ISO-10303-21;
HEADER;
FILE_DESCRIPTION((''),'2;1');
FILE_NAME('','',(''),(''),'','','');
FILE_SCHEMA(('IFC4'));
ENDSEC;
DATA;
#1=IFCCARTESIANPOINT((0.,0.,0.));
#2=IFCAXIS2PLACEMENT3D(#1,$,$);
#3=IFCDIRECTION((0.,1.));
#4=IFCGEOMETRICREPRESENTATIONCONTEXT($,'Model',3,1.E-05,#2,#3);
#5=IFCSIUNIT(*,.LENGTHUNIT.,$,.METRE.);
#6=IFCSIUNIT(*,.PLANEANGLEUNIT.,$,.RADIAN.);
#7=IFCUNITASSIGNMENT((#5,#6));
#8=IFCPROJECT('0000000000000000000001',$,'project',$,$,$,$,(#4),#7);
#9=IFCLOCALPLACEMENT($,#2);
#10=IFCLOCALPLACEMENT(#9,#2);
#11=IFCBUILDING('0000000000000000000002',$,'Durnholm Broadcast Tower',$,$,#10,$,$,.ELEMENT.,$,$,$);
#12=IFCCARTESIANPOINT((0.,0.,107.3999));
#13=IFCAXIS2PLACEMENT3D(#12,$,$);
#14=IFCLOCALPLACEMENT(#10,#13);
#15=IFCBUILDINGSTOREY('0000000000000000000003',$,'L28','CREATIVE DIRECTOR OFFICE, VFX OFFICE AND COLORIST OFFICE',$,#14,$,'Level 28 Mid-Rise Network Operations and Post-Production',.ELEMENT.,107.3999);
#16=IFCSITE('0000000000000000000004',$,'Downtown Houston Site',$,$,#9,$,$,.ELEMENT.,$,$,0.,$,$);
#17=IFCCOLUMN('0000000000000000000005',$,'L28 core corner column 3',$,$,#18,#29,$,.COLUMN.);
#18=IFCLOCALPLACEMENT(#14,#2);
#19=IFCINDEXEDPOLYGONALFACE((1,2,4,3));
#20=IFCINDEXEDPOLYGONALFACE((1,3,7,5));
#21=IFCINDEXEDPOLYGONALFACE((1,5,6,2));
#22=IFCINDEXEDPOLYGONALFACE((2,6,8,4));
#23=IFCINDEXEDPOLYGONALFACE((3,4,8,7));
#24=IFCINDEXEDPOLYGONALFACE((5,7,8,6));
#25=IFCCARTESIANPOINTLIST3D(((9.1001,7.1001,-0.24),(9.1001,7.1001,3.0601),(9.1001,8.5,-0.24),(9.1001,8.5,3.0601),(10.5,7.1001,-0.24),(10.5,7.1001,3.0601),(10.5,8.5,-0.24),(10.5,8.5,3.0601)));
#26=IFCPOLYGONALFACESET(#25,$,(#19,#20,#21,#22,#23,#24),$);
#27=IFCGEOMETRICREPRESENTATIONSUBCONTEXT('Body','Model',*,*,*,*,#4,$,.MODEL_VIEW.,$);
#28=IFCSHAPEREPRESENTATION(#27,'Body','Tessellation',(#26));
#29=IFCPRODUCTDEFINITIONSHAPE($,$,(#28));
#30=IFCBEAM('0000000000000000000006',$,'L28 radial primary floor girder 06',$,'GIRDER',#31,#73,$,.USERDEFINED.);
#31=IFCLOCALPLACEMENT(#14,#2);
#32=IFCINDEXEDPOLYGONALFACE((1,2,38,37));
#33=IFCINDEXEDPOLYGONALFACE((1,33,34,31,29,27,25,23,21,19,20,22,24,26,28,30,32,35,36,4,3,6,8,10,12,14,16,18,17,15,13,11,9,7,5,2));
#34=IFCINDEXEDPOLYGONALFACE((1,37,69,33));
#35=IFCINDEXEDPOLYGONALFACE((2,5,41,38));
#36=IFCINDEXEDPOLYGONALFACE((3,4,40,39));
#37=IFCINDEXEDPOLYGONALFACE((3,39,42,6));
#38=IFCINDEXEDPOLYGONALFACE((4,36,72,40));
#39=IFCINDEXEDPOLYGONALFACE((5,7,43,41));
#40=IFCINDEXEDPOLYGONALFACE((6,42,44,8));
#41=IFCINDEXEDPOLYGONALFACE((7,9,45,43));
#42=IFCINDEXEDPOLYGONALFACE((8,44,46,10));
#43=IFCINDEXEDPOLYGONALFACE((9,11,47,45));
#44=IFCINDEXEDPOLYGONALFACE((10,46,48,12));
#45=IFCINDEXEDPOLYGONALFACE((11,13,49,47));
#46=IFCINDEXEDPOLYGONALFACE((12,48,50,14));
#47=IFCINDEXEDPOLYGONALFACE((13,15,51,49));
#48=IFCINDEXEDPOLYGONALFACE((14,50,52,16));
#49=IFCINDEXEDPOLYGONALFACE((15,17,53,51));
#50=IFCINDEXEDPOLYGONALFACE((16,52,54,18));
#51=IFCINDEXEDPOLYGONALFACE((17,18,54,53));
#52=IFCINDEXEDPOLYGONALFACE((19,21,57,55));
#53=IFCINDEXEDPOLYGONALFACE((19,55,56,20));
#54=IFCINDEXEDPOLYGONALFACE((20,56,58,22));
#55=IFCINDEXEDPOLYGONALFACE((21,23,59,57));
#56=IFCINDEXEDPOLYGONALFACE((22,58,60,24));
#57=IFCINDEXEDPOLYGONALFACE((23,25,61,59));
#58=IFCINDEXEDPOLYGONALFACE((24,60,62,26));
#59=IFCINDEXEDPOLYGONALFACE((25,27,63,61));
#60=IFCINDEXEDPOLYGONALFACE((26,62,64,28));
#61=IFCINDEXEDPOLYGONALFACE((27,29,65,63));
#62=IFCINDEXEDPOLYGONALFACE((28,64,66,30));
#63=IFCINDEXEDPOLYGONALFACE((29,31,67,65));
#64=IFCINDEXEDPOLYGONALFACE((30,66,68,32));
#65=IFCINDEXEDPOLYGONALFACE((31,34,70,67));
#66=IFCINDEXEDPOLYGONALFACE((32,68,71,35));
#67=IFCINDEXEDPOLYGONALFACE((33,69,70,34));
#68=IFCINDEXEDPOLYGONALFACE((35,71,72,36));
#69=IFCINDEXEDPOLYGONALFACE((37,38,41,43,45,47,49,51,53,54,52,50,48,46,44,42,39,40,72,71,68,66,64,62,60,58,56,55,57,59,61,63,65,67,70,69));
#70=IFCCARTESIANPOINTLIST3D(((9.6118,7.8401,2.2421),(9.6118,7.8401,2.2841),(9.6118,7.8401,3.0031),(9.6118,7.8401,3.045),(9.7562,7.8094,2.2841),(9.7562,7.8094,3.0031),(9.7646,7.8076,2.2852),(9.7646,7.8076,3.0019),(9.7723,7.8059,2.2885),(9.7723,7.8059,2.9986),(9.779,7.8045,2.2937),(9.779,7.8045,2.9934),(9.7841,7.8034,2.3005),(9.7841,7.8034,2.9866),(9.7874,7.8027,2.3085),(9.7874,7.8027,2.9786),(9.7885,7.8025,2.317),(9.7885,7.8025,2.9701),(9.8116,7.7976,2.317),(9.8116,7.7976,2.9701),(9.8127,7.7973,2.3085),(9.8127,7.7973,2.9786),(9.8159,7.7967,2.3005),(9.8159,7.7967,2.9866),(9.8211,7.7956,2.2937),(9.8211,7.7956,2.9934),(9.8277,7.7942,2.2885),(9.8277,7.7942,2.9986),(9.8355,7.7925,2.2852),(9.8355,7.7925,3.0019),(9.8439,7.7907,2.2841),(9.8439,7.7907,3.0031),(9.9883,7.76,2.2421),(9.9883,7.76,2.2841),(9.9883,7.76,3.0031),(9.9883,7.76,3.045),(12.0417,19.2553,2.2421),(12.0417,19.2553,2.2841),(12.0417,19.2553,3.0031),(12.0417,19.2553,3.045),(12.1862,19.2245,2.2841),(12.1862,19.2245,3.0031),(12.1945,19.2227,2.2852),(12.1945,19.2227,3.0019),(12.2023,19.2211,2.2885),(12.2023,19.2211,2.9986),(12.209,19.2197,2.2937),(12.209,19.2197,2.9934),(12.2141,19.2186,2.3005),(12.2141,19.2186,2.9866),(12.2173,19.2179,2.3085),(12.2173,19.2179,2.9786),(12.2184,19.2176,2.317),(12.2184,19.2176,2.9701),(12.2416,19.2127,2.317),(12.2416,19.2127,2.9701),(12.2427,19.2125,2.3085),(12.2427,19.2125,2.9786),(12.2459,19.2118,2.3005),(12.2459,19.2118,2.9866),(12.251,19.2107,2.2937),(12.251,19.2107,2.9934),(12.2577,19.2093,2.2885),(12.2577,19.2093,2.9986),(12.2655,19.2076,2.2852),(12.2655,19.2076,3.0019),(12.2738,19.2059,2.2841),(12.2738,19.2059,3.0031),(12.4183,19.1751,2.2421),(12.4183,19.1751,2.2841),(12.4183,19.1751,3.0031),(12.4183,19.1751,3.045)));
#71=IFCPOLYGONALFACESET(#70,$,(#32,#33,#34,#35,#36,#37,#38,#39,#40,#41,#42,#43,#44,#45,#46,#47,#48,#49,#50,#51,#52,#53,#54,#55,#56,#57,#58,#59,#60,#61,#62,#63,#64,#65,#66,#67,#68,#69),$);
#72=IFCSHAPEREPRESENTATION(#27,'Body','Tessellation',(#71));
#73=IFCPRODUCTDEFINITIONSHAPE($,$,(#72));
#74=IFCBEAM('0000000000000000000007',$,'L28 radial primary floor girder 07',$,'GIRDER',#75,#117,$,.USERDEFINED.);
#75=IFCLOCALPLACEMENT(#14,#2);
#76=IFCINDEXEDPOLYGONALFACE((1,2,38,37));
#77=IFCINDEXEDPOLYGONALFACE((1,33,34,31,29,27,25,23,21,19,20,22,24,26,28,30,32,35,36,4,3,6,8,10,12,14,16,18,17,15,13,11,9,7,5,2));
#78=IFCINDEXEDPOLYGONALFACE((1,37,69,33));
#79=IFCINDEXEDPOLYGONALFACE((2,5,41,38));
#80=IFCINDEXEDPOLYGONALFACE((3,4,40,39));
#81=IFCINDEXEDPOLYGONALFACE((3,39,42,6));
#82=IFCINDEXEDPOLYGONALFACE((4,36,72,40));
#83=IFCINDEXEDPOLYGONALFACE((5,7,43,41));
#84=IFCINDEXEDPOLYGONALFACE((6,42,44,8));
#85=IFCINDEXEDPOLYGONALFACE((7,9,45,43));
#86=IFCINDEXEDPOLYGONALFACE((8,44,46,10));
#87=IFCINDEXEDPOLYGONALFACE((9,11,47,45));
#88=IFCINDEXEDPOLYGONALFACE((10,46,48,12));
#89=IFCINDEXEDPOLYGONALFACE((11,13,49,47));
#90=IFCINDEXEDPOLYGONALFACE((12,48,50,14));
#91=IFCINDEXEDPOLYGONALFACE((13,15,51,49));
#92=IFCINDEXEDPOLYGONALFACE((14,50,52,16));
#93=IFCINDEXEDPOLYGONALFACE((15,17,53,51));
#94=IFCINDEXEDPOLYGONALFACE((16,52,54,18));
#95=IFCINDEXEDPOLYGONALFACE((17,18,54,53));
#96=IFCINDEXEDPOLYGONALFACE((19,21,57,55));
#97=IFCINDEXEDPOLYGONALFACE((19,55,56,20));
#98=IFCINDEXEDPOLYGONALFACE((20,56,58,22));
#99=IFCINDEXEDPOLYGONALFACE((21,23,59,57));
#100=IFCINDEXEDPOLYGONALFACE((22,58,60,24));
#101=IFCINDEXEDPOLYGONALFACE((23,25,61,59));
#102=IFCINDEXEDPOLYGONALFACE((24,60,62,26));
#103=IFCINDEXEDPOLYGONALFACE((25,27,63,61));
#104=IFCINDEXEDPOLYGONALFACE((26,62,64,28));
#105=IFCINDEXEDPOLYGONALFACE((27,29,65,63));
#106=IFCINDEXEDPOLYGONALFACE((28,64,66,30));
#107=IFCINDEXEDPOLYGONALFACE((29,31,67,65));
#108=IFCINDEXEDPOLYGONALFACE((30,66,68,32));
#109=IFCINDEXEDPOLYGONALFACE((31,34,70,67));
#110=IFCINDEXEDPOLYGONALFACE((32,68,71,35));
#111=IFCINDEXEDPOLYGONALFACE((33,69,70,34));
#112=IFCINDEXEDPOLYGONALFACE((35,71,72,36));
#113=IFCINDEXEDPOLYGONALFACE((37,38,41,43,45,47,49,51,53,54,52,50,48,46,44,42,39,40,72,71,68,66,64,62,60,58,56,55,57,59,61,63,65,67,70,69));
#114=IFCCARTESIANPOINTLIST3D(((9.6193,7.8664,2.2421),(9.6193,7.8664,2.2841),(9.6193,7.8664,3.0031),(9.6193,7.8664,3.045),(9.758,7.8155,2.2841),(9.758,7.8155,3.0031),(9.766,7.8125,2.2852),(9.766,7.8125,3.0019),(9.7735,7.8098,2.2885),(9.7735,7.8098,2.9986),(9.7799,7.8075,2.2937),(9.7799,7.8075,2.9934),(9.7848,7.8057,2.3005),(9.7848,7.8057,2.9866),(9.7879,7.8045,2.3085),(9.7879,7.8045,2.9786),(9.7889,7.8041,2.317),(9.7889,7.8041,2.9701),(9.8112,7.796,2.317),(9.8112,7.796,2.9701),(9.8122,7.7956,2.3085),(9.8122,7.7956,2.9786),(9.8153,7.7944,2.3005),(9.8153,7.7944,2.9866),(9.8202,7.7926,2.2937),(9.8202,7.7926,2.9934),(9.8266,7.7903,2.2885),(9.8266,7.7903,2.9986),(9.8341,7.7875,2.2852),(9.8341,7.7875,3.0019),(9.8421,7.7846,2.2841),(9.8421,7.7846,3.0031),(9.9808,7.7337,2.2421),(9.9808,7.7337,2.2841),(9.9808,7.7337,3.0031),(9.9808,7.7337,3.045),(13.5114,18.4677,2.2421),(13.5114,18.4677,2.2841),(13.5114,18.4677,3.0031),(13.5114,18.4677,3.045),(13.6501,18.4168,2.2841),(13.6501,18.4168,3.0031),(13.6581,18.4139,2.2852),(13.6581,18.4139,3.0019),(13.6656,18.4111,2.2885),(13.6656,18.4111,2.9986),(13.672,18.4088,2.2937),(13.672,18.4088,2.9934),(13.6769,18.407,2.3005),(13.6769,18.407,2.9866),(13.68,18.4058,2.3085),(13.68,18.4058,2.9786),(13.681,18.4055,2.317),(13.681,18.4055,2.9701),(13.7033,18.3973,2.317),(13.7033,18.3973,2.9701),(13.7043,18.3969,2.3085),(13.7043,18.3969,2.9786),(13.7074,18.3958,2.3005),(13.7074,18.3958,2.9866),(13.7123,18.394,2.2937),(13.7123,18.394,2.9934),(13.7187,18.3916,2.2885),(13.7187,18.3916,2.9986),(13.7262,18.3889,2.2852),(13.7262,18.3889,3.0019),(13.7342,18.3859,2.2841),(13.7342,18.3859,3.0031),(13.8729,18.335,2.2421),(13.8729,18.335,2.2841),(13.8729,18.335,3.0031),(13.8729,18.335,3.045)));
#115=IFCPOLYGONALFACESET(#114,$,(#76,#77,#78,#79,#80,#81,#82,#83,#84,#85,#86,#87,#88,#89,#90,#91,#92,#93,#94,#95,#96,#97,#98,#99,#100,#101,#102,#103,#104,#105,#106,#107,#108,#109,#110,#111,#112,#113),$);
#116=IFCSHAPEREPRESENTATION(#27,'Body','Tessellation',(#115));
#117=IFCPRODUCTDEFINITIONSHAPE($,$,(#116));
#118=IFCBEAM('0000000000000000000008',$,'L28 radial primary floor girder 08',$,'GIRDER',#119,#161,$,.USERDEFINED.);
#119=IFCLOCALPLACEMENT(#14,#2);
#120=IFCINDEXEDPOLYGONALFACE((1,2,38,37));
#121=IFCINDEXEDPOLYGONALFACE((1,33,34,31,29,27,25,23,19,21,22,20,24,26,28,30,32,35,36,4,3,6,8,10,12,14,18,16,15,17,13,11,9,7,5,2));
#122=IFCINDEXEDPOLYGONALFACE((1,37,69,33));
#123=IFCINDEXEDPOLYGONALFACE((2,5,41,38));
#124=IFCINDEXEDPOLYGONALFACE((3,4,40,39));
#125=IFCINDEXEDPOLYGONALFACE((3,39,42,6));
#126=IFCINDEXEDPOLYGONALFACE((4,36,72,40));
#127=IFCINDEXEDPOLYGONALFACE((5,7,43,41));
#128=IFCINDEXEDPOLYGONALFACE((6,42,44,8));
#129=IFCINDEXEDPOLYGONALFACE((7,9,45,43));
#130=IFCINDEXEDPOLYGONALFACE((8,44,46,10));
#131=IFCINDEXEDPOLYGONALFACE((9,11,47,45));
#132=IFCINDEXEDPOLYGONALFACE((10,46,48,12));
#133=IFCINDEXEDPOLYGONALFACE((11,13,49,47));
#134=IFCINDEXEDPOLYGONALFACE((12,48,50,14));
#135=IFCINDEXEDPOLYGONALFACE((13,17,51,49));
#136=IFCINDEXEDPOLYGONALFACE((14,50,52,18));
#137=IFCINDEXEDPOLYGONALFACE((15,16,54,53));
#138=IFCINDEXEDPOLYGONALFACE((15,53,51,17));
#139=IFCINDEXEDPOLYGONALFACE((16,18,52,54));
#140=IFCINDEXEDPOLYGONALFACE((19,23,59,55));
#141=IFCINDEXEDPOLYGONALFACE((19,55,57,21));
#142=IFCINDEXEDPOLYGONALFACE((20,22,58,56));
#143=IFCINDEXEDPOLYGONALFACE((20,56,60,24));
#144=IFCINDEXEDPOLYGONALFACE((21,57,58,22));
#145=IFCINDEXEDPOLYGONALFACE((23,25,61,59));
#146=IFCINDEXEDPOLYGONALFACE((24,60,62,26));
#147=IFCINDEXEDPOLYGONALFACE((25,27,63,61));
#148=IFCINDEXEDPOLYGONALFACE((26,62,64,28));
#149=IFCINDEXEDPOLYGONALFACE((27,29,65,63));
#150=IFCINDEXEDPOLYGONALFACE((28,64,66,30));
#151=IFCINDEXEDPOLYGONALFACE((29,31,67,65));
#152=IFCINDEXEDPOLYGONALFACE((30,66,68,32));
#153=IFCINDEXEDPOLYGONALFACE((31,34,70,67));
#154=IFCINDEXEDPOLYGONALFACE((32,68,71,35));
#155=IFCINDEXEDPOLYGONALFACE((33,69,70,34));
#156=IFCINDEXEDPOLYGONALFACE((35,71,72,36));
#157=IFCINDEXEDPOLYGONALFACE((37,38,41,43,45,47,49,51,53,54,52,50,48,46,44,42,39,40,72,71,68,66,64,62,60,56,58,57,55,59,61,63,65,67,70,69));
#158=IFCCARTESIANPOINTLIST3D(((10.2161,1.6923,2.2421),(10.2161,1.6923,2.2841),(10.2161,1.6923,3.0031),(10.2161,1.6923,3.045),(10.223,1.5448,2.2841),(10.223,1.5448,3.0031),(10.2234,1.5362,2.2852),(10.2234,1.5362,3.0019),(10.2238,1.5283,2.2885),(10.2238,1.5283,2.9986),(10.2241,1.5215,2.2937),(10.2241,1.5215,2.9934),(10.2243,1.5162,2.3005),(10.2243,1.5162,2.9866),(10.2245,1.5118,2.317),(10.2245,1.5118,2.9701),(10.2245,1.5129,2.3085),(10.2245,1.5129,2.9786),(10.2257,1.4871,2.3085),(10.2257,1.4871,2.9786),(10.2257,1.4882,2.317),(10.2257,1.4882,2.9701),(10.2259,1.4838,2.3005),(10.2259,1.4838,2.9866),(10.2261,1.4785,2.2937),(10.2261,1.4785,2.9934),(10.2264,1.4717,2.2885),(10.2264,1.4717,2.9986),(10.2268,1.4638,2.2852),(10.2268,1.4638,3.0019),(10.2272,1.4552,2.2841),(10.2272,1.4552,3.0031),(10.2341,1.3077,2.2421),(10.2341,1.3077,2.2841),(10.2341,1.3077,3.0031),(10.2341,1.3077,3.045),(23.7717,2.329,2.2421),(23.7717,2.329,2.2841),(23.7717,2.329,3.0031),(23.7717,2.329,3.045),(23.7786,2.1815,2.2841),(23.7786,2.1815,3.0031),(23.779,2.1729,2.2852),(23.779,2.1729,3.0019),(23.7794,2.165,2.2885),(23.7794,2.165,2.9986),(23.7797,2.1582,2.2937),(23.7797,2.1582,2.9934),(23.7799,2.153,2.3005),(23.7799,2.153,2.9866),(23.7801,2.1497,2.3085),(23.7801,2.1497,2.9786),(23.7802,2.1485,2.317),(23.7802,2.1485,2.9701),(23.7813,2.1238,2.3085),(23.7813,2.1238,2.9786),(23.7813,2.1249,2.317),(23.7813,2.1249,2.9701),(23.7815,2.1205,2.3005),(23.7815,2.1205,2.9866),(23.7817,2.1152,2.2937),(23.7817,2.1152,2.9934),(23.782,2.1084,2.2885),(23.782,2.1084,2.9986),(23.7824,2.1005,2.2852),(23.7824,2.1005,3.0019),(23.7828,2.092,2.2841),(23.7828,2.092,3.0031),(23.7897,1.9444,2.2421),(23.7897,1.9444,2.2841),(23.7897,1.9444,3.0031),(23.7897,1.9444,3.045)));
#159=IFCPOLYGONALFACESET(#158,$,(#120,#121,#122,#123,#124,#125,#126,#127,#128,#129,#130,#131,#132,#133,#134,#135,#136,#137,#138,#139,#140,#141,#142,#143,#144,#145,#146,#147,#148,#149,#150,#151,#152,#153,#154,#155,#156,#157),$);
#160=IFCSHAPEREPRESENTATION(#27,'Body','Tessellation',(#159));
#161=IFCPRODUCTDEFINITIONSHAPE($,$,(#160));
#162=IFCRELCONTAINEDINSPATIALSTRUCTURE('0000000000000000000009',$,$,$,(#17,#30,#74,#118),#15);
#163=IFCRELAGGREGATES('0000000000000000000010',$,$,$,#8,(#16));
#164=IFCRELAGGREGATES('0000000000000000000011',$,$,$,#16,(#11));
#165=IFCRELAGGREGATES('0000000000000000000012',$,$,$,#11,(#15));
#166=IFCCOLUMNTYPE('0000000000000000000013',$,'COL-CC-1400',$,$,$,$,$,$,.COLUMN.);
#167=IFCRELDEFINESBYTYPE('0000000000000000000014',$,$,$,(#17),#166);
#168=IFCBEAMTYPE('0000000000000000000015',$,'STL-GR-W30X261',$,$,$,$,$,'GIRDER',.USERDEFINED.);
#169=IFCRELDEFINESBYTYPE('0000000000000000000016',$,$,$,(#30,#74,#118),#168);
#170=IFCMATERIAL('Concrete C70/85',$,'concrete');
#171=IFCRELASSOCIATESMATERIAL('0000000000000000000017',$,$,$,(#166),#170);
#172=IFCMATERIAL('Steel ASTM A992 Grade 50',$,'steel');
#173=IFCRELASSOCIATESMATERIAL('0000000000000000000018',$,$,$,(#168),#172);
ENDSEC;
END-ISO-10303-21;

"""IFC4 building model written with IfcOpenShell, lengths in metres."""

from ifc_helpers import new_model, si_unit, direction, frame, origin, origin_2d, place, context, subcontext, project, spatial, rectangle, i_section, extrude, source, transform, mapped, material, material_profile, profile_set, type_object, type_shapes, element, save


model = new_model("IFC4")

# Units and contexts
model_context = context("Model", 3, precision=1e-05, world=origin(), true_north=direction((0.0, 1.0)))
body_context = subcontext(model_context, "Body", "Model", "MODEL_VIEW")
ifc_project = project(units=[si_unit("LENGTHUNIT", "METRE"), si_unit("PLANEANGLEUNIT", "RADIAN")], contexts=[model_context])

# Site, building, storey
site_placement = place(None, origin())
site = spatial("IfcSite", under=ifc_project, at=site_placement, Name="Downtown Houston Site", CompositionType="ELEMENT", RefElevation=0.0)
building_placement = place(site_placement, origin())
building = spatial("IfcBuilding", under=site, at=building_placement, Name="Durnholm Broadcast Tower", CompositionType="ELEMENT")
storey_placement = place(building_placement, frame((0.0, 0.0, 107.3999)))
storey = spatial("IfcBuildingStorey", under=building, at=storey_placement, Name="L28", Description="CREATIVE DIRECTOR OFFICE, VFX OFFICE AND COLORIST OFFICE", LongName="Level 28 Mid-Rise Network Operations and Post-Production", CompositionType="ELEMENT", Elevation=107.3999)

# Column
ifc_material_1 = material(Name="Concrete C70/85", Category="concrete")
ifc_material_profile_1 = material_profile(ifc_material_1, rectangle(XDim=1.3999, YDim=1.3999, at=origin_2d()), Name="RC1400X1400")
ifc_profile_set_1 = profile_set([ifc_material_profile_1], Name="Concrete C70/85")
column_type = type_object("IfcColumnType", Name="COL-CC-1400", PredefinedType="COLUMN", material=ifc_profile_set_1)
shared_shape_1 = source(origin(), body_context, "Body", "SweptSolid", [
    extrude(rectangle(XDim=1.3999, YDim=1.3999, at=origin_2d()), origin(), (0.0, 0.0, 1.0), 3.3),
])
type_shapes(column_type, [shared_shape_1])
column_placement = place(storey_placement, frame((9.8, 7.8, -0.24), z_axis=(0.0, 0.0, 1.0), x_axis=(1.0, 0.0, 0.0)))
element("IfcColumn", 1, at=column_placement, inside=storey, type_object=column_type, Name="L28 core corner column 3", PredefinedType="COLUMN", context=body_context, shape_type="MappedRepresentation", body=[
    mapped(shared_shape_1, transform((0.0, 0.0, 0.0), x_axis=(1.0, 0.0, 0.0), y_axis=(0.0, 1.0, 0.0), z_axis=(0.0, 0.0, 1.0), scale=1.0)),
])

# Beams
ifc_material_2 = material(Name="Steel ASTM A992 Grade 50", Category="steel")
ifc_material_profile_2 = material_profile(ifc_material_2, i_section(OverallWidth=0.385, OverallDepth=0.803, WebThickness=0.0237, FlangeThickness=0.042, FilletRadius=0.033, at=origin_2d()), Name="W30X261")
ifc_profile_set_2 = profile_set([ifc_material_profile_2], Name="Steel ASTM A992 Grade 50")
beam_type_1 = type_object("IfcBeamType", Name="STL-GR-W30X261", ElementType="GIRDER", PredefinedType="USERDEFINED", material=ifc_profile_set_2)
shared_shape_2 = source(origin(), body_context, "Body", "SweptSolid", [
    extrude(i_section(OverallWidth=0.385, OverallDepth=0.803, WebThickness=0.0237, FlangeThickness=0.042, FilletRadius=0.033, at=origin_2d()), origin(), (0.0, 0.0, 1.0), 11.6709),
])
beam_1_placement = place(storey_placement, frame((9.8, 7.8, 2.6436), z_axis=(0.208206, 0.978085, 0.0), x_axis=(-0.978085, 0.208206, 0.0)))
element("IfcBeam", 2, at=beam_1_placement, inside=storey, type_object=beam_type_1, Name="L28 radial primary floor girder 06", ObjectType="GIRDER", PredefinedType="USERDEFINED", context=body_context, shape_type="MappedRepresentation", body=[
    mapped(shared_shape_2, transform((0.0, 0.0, 0.0), x_axis=(1.0, 0.0, 0.0), y_axis=(0.0, 1.0, 0.0), z_axis=(0.0, 0.0, 1.0), scale=1.0)),
])
shared_shape_3 = source(origin(), body_context, "Body", "SweptSolid", [
    extrude(i_section(OverallWidth=0.385, OverallDepth=0.803, WebThickness=0.0237, FlangeThickness=0.042, FilletRadius=0.033, at=origin_2d()), origin(), (0.0, 0.0, 1.0), 11.2932),
])
beam_2_placement = place(storey_placement, frame((9.8, 7.8, 2.6436), z_axis=(0.34464, 0.938735, 0.0), x_axis=(-0.938735, 0.34464, 0.0)))
element("IfcBeam", 3, at=beam_2_placement, inside=storey, type_object=beam_type_1, Name="L28 radial primary floor girder 07", ObjectType="GIRDER", PredefinedType="USERDEFINED", context=body_context, shape_type="MappedRepresentation", body=[
    mapped(shared_shape_3, transform((0.0, 0.0, 0.0), x_axis=(1.0, 0.0, 0.0), y_axis=(0.0, 1.0, 0.0), z_axis=(0.0, 0.0, 1.0), scale=1.0)),
])
shared_shape_4 = source(origin(), body_context, "Body", "SweptSolid", [
    extrude(i_section(OverallWidth=0.385, OverallDepth=0.803, WebThickness=0.0237, FlangeThickness=0.042, FilletRadius=0.033, at=origin_2d()), origin(), (0.0, 0.0, 1.0), 13.5706),
])
beam_3_placement = place(storey_placement, frame((10.2251, 1.5, 2.6436), z_axis=(0.998899, 0.046919, 0.0), x_axis=(-0.046919, 0.998899, 0.0)))
element("IfcBeam", 4, at=beam_3_placement, inside=storey, type_object=beam_type_1, Name="L28 radial primary floor girder 08", ObjectType="GIRDER", PredefinedType="USERDEFINED", context=body_context, shape_type="MappedRepresentation", body=[
    mapped(shared_shape_4, transform((0.0, 0.0, 0.0), x_axis=(1.0, 0.0, 0.0), y_axis=(0.0, 1.0, 0.0), z_axis=(0.0, 0.0, 1.0), scale=1.0)),
])

save(model, "model.ifc")
